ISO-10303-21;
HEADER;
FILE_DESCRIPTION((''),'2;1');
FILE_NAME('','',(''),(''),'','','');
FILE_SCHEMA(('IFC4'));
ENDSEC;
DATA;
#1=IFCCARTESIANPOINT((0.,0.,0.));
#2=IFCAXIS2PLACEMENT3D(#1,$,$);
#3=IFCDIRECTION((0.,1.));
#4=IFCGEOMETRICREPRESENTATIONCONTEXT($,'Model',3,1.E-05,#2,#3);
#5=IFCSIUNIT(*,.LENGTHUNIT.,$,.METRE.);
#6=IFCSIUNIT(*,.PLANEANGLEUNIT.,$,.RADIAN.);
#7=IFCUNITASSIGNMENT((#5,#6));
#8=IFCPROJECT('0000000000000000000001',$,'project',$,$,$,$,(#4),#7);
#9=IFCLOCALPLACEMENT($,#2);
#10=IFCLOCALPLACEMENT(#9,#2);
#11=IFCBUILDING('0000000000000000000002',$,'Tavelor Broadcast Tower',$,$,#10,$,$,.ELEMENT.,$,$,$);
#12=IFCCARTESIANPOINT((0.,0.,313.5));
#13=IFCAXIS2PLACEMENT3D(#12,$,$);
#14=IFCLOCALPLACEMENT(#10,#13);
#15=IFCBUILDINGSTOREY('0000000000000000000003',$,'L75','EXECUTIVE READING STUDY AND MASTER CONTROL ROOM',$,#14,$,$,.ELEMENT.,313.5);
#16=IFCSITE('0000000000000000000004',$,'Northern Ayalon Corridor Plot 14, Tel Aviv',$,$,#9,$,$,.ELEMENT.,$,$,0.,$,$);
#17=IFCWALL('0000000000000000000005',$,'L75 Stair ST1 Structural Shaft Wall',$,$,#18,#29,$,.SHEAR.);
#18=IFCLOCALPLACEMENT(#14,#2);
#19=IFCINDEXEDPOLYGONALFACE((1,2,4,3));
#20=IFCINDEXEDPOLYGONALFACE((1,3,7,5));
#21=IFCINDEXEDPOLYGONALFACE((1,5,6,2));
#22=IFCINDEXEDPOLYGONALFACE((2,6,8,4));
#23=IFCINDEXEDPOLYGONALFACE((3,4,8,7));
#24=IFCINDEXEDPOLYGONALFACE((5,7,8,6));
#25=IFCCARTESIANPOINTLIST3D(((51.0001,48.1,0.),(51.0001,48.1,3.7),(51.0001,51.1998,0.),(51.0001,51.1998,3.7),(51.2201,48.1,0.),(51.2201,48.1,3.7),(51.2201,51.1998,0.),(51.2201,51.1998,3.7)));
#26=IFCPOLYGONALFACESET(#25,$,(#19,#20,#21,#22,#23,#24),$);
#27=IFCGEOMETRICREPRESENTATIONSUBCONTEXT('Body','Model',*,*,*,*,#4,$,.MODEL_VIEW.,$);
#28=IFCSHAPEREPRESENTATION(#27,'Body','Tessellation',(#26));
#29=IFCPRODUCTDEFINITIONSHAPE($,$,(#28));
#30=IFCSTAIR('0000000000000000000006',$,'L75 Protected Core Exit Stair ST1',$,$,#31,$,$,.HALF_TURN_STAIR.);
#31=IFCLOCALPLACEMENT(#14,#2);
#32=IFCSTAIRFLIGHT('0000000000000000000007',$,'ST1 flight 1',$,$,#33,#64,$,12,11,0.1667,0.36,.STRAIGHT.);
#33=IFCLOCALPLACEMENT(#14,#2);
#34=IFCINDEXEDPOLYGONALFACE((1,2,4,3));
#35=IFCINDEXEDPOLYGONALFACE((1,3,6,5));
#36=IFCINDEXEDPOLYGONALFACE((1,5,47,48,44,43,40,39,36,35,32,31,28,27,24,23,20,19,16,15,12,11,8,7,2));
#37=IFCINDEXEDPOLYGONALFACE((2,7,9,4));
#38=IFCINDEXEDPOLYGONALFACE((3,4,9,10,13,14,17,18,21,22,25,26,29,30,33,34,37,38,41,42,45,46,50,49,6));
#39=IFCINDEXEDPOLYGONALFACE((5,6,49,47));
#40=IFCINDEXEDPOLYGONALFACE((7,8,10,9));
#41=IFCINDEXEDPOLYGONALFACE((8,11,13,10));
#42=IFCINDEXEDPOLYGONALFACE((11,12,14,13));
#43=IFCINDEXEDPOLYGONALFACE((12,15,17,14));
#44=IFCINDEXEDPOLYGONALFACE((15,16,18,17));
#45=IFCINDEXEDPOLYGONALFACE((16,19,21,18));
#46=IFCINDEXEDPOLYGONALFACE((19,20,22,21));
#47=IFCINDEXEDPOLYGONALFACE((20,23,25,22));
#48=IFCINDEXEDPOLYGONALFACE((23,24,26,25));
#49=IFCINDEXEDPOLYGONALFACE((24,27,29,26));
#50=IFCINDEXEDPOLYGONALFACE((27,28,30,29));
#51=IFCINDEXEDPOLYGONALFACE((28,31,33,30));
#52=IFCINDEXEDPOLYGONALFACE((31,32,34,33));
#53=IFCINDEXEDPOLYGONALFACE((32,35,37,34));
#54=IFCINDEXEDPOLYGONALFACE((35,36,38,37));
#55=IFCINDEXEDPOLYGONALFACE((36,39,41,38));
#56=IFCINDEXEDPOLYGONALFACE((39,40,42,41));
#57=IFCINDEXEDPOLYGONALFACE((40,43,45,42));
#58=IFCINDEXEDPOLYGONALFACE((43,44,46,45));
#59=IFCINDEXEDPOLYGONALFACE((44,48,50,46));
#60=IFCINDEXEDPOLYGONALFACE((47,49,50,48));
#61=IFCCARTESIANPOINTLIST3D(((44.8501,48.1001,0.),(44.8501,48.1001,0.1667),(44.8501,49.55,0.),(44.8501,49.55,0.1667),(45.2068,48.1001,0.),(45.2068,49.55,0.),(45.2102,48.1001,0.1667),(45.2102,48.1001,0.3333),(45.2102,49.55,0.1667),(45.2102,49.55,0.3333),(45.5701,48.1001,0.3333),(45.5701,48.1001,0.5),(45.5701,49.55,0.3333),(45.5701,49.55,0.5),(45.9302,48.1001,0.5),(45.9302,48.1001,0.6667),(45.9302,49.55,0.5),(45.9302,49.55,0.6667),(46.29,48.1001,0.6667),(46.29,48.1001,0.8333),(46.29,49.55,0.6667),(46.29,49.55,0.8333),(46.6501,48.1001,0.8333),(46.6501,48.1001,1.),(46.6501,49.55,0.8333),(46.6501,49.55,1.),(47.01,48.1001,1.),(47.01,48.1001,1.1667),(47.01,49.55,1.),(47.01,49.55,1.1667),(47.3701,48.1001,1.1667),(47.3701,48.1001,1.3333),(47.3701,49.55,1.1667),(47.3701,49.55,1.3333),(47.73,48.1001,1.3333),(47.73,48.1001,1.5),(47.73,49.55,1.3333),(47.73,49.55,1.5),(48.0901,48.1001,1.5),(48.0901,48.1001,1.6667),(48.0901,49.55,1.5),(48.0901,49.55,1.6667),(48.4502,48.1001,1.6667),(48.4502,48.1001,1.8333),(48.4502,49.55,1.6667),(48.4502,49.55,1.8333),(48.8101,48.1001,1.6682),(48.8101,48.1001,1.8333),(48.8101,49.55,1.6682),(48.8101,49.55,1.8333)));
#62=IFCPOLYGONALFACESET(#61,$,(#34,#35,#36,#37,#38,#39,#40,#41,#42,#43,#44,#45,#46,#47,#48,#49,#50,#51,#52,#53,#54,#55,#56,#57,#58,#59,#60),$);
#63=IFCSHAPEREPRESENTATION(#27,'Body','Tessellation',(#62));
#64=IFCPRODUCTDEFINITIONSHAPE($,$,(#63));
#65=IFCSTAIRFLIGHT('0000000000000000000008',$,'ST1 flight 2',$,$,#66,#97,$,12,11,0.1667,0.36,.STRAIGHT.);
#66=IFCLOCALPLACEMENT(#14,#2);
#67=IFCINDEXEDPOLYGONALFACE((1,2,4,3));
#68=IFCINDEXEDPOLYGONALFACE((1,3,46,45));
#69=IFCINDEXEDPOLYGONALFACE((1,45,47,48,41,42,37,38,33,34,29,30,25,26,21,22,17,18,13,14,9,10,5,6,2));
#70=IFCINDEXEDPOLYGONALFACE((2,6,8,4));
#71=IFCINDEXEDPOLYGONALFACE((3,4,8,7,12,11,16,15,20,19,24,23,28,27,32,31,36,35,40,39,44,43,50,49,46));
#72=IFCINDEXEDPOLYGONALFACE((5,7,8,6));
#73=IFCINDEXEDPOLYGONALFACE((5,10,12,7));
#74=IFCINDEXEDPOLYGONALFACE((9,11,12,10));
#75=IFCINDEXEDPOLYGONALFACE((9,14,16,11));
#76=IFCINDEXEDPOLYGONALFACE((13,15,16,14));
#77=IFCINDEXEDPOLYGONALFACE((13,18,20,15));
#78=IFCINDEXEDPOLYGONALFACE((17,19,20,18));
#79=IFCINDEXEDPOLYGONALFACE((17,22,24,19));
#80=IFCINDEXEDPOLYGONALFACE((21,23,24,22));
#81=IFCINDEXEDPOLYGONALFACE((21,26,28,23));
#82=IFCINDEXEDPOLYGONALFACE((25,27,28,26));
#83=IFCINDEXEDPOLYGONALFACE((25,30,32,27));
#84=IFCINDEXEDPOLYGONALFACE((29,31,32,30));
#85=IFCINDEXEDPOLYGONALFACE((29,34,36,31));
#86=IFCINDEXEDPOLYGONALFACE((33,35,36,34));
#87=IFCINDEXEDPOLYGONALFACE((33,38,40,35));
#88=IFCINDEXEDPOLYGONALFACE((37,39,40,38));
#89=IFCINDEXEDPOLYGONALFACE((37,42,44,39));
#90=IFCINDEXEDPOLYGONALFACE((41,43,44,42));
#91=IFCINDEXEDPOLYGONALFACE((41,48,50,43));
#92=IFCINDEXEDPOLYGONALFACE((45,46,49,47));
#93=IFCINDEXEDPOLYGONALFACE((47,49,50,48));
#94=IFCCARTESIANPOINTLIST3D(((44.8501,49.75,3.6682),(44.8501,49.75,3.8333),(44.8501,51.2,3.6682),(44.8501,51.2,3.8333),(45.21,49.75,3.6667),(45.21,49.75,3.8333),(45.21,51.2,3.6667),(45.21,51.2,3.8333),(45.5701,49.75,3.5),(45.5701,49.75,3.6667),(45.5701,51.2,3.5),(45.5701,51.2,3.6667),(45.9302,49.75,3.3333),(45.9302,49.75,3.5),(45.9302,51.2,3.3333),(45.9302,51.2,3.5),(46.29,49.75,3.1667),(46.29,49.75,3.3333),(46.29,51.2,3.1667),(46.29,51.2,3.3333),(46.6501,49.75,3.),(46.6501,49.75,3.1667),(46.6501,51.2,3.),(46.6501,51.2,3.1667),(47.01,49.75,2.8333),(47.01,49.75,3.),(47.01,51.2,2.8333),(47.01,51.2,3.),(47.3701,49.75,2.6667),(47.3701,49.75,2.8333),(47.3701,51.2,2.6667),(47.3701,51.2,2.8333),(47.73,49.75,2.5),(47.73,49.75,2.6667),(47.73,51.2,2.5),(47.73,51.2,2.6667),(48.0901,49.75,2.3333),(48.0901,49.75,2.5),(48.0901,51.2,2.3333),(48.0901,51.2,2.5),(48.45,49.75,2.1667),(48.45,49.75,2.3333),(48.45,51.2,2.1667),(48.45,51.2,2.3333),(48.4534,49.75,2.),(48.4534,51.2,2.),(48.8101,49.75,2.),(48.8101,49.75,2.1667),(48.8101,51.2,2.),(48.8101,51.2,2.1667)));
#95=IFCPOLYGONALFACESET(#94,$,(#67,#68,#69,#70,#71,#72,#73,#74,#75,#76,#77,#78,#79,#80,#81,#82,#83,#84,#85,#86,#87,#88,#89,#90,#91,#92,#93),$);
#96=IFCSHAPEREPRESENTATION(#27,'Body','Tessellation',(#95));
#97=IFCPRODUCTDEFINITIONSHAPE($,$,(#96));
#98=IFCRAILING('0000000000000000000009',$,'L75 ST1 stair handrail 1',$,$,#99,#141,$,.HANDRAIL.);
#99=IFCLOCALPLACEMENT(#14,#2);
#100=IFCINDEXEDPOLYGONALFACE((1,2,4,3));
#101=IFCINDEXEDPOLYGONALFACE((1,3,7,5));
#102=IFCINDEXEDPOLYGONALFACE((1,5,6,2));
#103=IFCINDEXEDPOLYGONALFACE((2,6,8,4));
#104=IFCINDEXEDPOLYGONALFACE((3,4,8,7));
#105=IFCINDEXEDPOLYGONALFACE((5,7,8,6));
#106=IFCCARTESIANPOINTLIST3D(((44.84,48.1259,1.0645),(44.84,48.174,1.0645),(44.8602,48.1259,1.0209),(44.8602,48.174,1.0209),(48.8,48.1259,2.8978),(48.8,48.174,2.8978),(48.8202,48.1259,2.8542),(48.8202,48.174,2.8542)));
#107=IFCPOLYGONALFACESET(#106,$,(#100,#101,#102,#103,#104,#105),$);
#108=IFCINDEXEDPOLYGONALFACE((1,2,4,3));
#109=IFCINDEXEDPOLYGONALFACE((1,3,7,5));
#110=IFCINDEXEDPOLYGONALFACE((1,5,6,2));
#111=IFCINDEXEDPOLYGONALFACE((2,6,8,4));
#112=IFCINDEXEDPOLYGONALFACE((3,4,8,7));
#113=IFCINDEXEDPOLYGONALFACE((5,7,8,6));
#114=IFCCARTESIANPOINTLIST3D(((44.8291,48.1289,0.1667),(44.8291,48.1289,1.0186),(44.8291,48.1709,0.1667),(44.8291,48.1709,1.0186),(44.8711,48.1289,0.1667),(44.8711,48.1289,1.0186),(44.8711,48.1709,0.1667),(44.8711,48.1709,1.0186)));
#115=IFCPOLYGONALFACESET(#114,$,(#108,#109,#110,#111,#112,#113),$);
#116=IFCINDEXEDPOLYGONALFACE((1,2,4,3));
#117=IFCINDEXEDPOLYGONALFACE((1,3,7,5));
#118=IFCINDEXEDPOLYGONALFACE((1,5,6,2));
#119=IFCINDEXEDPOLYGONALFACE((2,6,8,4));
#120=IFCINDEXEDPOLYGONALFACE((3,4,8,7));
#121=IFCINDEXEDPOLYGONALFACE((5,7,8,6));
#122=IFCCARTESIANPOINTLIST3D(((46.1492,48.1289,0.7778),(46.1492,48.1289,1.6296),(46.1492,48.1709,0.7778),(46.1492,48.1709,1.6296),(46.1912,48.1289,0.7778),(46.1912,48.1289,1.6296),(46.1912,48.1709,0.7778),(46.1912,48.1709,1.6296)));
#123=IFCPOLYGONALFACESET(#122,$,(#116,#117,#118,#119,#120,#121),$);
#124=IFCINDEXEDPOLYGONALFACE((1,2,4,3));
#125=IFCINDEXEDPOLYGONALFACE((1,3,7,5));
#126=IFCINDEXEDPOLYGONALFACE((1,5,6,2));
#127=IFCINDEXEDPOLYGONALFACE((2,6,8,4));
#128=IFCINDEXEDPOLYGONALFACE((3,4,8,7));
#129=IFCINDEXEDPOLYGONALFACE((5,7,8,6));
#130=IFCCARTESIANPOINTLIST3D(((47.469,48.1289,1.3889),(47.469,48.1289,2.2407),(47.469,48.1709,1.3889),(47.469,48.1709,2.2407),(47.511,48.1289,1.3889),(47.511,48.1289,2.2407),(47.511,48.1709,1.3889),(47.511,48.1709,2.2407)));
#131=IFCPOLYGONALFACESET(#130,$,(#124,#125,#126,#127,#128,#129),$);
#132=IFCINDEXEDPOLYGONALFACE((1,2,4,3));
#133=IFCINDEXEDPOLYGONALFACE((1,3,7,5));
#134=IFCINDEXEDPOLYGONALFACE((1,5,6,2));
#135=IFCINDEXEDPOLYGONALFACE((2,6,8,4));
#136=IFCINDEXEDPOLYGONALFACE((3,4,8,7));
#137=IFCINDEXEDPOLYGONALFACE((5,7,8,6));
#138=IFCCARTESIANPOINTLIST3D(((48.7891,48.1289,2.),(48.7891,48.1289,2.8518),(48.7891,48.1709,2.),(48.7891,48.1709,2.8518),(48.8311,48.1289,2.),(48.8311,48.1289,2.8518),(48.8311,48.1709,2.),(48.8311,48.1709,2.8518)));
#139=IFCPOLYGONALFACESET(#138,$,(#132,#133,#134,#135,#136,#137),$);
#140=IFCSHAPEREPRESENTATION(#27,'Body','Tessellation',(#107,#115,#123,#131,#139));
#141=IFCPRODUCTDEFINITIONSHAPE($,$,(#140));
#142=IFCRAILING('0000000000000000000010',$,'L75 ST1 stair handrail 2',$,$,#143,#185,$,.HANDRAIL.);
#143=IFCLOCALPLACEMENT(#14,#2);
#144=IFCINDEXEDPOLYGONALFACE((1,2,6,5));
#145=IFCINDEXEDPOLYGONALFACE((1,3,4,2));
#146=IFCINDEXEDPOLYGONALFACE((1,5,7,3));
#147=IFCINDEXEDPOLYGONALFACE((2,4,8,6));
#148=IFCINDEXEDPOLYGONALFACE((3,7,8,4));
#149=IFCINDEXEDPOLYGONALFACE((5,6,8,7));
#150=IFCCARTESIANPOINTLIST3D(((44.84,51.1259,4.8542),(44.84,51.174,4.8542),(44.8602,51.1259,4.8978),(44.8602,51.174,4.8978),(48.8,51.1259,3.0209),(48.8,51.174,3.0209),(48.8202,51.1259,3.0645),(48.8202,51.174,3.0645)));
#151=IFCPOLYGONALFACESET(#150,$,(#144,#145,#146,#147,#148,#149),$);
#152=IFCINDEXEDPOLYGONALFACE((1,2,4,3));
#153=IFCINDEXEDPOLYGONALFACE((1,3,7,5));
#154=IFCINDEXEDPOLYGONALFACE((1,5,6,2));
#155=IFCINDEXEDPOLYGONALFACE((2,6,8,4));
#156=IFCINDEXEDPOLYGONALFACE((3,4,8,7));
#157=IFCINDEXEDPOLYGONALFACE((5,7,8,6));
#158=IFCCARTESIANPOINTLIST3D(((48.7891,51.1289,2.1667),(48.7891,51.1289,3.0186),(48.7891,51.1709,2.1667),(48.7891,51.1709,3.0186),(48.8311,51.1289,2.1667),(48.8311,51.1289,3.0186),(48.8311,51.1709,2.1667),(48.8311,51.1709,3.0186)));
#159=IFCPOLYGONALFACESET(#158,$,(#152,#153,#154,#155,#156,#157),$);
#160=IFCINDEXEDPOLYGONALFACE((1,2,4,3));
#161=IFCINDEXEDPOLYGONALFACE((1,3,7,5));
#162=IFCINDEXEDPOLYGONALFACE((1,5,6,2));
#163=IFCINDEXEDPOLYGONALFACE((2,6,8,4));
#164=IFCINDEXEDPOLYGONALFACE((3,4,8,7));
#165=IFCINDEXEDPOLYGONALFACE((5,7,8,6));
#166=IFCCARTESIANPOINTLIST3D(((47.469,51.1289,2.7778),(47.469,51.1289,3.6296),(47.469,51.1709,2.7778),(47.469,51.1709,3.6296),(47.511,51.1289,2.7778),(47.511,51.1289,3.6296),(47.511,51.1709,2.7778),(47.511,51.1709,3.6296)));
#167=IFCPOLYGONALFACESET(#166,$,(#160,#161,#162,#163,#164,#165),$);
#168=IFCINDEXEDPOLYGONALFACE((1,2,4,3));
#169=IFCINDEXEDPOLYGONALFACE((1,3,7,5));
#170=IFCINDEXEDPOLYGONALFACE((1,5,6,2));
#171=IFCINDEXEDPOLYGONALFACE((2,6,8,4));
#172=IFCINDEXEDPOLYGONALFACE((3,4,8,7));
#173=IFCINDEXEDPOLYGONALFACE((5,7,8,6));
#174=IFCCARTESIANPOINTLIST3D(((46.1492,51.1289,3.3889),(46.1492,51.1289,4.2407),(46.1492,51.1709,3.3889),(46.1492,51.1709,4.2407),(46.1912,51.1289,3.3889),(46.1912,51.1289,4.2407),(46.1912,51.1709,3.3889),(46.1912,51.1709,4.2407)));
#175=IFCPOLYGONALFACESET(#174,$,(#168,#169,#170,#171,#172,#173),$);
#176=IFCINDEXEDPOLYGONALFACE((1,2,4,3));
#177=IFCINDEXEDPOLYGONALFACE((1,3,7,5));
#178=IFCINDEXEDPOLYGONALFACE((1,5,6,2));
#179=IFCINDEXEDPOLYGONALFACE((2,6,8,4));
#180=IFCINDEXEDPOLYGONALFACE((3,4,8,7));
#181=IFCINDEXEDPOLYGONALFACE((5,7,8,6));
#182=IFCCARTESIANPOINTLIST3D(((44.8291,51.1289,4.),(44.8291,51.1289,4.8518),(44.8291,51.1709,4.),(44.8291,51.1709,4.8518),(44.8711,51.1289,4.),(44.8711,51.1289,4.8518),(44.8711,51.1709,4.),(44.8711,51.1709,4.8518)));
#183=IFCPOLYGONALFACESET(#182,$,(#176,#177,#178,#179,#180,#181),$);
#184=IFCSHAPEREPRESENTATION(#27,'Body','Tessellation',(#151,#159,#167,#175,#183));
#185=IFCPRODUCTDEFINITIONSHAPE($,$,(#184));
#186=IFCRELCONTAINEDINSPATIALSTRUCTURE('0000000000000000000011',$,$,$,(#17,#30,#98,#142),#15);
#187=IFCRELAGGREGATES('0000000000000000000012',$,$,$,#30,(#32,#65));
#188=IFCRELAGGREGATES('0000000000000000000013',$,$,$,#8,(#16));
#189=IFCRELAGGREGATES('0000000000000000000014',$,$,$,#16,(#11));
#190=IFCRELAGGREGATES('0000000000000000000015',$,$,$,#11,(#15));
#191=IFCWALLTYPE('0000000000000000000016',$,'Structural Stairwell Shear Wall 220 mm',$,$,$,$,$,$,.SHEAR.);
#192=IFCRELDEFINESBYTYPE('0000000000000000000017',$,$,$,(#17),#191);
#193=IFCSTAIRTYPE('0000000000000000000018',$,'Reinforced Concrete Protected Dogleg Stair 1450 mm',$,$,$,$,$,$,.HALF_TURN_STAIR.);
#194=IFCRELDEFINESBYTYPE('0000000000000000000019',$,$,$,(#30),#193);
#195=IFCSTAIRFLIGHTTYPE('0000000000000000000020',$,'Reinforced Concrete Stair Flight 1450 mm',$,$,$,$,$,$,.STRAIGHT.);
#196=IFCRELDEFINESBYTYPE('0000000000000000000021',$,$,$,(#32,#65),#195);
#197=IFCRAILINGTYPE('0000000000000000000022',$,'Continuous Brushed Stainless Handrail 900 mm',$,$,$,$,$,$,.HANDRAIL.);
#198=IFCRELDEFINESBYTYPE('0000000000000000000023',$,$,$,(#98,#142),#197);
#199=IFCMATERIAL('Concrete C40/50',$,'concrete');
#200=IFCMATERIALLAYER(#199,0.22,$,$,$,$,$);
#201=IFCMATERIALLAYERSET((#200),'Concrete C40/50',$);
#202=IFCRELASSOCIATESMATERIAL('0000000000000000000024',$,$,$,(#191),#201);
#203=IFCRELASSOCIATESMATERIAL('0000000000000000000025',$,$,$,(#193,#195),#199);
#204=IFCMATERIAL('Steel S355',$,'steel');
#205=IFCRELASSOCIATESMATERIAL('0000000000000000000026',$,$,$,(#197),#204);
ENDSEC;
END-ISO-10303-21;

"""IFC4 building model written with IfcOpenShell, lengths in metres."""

from ifc_helpers import new_model, si_unit, direction, frame, frame_2d, origin, origin_2d, place, context, subcontext, project, spatial, polyline, rectangle, outline, extrude, material, layer, layer_set, type_object, element, aggregate, save


model = new_model("IFC4")

# Units and contexts
model_context = context("Model", 3, precision=1e-05, world=origin(), true_north=direction((0.0, 1.0)))
body_context = subcontext(model_context, "Body", "Model", "MODEL_VIEW")
ifc_project = project(units=[si_unit("LENGTHUNIT", "METRE"), si_unit("PLANEANGLEUNIT", "RADIAN")], contexts=[model_context])

# Site, building, storey
site_placement = place(None, origin())
site = spatial("IfcSite", under=ifc_project, at=site_placement, Name="Northern Ayalon Corridor Plot 14, Tel Aviv", CompositionType="ELEMENT", RefElevation=0.0)
building_placement = place(site_placement, origin())
building = spatial("IfcBuilding", under=site, at=building_placement, Name="Tavelor Broadcast Tower", CompositionType="ELEMENT")
storey_placement = place(building_placement, frame((0.0, 0.0, 313.5)))
storey = spatial("IfcBuildingStorey", under=building, at=storey_placement, Name="L75", Description="EXECUTIVE READING STUDY AND MASTER CONTROL ROOM", CompositionType="ELEMENT", Elevation=313.5)

# Shared definitions
ifc_material_1 = material(Name="Steel S355", Category="steel")

# Wall
ifc_material_2 = material(Name="Concrete C40/50", Category="concrete")
ifc_layer_1 = layer(ifc_material_2, 0.22)
ifc_layer_set_1 = layer_set([ifc_layer_1], Name="Concrete C40/50")
wall_type_1 = type_object("IfcWallType", Name="Structural Stairwell Shear Wall 220 mm", PredefinedType="SHEAR", material=ifc_layer_set_1)
wall_1_placement = place(storey_placement, frame((51.1101, 48.1001, 0.0), z_axis=(0.0, 0.0, 1.0), x_axis=(0.0, 1.0, 0.0)))
element("IfcWall", 1, at=wall_1_placement, inside=storey, type_object=wall_type_1, Name="L75 Stair ST1 Structural Shaft Wall", PredefinedType="SHEAR", context=body_context, shape_type="SweptSolid", body=[
    extrude(rectangle(XDim=3.0999, YDim=0.22, at=frame_2d((1.5498, 0.0))), origin(), (0.0, 0.0, 1.0), 3.7),
])

# Stair, stair flights
stair_type = type_object("IfcStairType", Name="Reinforced Concrete Protected Dogleg Stair 1450 mm", PredefinedType="HALF_TURN_STAIR", material=ifc_material_2)
stair_placement = place(storey_placement, origin())
stair = element("IfcStair", 2, at=stair_placement, inside=storey, type_object=stair_type, Name="L75 Protected Core Exit Stair ST1", PredefinedType="HALF_TURN_STAIR")
stair_flight_type = type_object("IfcStairFlightType", Name="Reinforced Concrete Stair Flight 1450 mm", PredefinedType="STRAIGHT", material=ifc_material_2)
stair_flight_1_placement = place(storey_placement, frame((44.8501, 48.825, 0.0), z_axis=(0.0, 0.0, 1.0), x_axis=(1.0, 0.0, 0.0)))
stair_flight_1 = element("IfcStairFlight", 3, at=stair_flight_1_placement, type_object=stair_flight_type, Name="ST1 flight 1", NumberOfRisers=12, NumberOfTreads=11, PredefinedType="STRAIGHT", RiserHeight=0.1667, TreadLength=0.36, context=body_context, shape_type="SweptSolid", body=[
    extrude(outline(polyline([(0.0, 0.0), (0.0, 0.1667), (0.3601, 0.1667), (0.3601, 0.3333), (0.72, 0.3333), (0.72, 0.5), (1.0801, 0.5), (1.0801, 0.6667), (1.4399, 0.6667), (1.4399, 0.8333), (1.8, 0.8333), (1.8, 1.0), (2.1599, 1.0), (2.1599, 1.1667), (2.52, 1.1667), (2.52, 1.3333), (2.8799, 1.3333), (2.8799, 1.5), (3.24, 1.5), (3.24, 1.6667), (3.6001, 1.6667), (3.6001, 1.8333), (3.96, 1.8333), (3.96, 2.0), (3.96, 1.6682), (0.3567, 0.0), (0.0, 0.0)])), frame((0.0, 0.7251, 0.0), z_axis=(0.0, -1.0, 0.0), x_axis=(1.0, 0.0, 0.0)), (0.0, 0.0, 1.0), 1.45),
])
stair_flight_2_placement = place(storey_placement, frame((48.8101, 50.4751, 2.0), z_axis=(0.0, 0.0, 1.0), x_axis=(-1.0, 0.0, 0.0)))
stair_flight_2 = element("IfcStairFlight", 4, at=stair_flight_2_placement, type_object=stair_flight_type, Name="ST1 flight 2", NumberOfRisers=12, NumberOfTreads=11, PredefinedType="STRAIGHT", RiserHeight=0.1667, TreadLength=0.36, context=body_context, shape_type="SweptSolid", body=[
    extrude(outline(polyline([(0.0, 0.0), (0.0, 0.1667), (0.3601, 0.1667), (0.3601, 0.3333), (0.72, 0.3333), (0.72, 0.5), (1.0801, 0.5), (1.0801, 0.6667), (1.4399, 0.6667), (1.4399, 0.8333), (1.8, 0.8333), (1.8, 1.0), (2.1599, 1.0), (2.1599, 1.1667), (2.52, 1.1667), (2.52, 1.3333), (2.8799, 1.3333), (2.8799, 1.5), (3.24, 1.5), (3.24, 1.6667), (3.6001, 1.6667), (3.6001, 1.8333), (3.96, 1.8333), (3.96, 2.0), (3.96, 1.6682), (0.3567, 0.0), (0.0, 0.0)])), frame((0.0, 0.7251, 0.0), z_axis=(0.0, -1.0, 0.0), x_axis=(1.0, 0.0, 0.0)), (0.0, 0.0, 1.0), 1.45),
])
aggregate(stair, [stair_flight_1, stair_flight_2])

# Railings
railing_type_1 = type_object("IfcRailingType", Name="Continuous Brushed Stainless Handrail 900 mm", PredefinedType="HANDRAIL", material=ifc_material_1)
railing_1_placement = place(storey_placement, frame((44.8501, 48.1499, 0.1667)))
element("IfcRailing", 5, at=railing_1_placement, inside=storey, type_object=railing_type_1, Name="L75 ST1 stair handrail 1", PredefinedType="HANDRAIL", context=body_context, shape_type="SweptSolid", body=[
    extrude(rectangle(XDim=0.0481, YDim=0.0481, at=origin_2d()), frame((0.0, 0.0, 0.876), z_axis=(0.907472, 0.0, 0.420112), x_axis=(0.0, 1.0, 0.0)), (0.0, 0.0, 1.0), 4.3638),
    extrude(rectangle(XDim=0.042, YDim=0.042, at=origin_2d()), origin(), (0.0, 0.0, 1.0), 0.8518),
    extrude(rectangle(XDim=0.042, YDim=0.042, at=origin_2d()), frame((1.3201, 0.0, 0.6111)), (0.0, 0.0, 1.0), 0.8518),
    extrude(rectangle(XDim=0.042, YDim=0.042, at=origin_2d()), frame((2.6399, 0.0, 1.2222)), (0.0, 0.0, 1.0), 0.8518),
    extrude(rectangle(XDim=0.042, YDim=0.042, at=origin_2d()), frame((3.96, 0.0, 1.8333)), (0.0, 0.0, 1.0), 0.8518),
])
railing_2_placement = place(storey_placement, frame((48.8101, 51.1499, 2.1667)))
element("IfcRailing", 6, at=railing_2_placement, inside=storey, type_object=railing_type_1, Name="L75 ST1 stair handrail 2", PredefinedType="HANDRAIL", context=body_context, shape_type="SweptSolid", body=[
    extrude(rectangle(XDim=0.0481, YDim=0.0481, at=origin_2d()), frame((0.0, 0.0, 0.876), z_axis=(-0.907472, 0.0, 0.420112), x_axis=(0.0, -1.0, 0.0)), (0.0, 0.0, 1.0), 4.3638),
    extrude(rectangle(XDim=0.042, YDim=0.042, at=origin_2d()), origin(), (0.0, 0.0, 1.0), 0.8518),
    extrude(rectangle(XDim=0.042, YDim=0.042, at=origin_2d()), frame((-1.3201, 0.0, 0.6111)), (0.0, 0.0, 1.0), 0.8518),
    extrude(rectangle(XDim=0.042, YDim=0.042, at=origin_2d()), frame((-2.6399, 0.0, 1.2222)), (0.0, 0.0, 1.0), 0.8518),
    extrude(rectangle(XDim=0.042, YDim=0.042, at=origin_2d()), frame((-3.96, 0.0, 1.8333)), (0.0, 0.0, 1.0), 0.8518),
])

save(model, "model.ifc")
